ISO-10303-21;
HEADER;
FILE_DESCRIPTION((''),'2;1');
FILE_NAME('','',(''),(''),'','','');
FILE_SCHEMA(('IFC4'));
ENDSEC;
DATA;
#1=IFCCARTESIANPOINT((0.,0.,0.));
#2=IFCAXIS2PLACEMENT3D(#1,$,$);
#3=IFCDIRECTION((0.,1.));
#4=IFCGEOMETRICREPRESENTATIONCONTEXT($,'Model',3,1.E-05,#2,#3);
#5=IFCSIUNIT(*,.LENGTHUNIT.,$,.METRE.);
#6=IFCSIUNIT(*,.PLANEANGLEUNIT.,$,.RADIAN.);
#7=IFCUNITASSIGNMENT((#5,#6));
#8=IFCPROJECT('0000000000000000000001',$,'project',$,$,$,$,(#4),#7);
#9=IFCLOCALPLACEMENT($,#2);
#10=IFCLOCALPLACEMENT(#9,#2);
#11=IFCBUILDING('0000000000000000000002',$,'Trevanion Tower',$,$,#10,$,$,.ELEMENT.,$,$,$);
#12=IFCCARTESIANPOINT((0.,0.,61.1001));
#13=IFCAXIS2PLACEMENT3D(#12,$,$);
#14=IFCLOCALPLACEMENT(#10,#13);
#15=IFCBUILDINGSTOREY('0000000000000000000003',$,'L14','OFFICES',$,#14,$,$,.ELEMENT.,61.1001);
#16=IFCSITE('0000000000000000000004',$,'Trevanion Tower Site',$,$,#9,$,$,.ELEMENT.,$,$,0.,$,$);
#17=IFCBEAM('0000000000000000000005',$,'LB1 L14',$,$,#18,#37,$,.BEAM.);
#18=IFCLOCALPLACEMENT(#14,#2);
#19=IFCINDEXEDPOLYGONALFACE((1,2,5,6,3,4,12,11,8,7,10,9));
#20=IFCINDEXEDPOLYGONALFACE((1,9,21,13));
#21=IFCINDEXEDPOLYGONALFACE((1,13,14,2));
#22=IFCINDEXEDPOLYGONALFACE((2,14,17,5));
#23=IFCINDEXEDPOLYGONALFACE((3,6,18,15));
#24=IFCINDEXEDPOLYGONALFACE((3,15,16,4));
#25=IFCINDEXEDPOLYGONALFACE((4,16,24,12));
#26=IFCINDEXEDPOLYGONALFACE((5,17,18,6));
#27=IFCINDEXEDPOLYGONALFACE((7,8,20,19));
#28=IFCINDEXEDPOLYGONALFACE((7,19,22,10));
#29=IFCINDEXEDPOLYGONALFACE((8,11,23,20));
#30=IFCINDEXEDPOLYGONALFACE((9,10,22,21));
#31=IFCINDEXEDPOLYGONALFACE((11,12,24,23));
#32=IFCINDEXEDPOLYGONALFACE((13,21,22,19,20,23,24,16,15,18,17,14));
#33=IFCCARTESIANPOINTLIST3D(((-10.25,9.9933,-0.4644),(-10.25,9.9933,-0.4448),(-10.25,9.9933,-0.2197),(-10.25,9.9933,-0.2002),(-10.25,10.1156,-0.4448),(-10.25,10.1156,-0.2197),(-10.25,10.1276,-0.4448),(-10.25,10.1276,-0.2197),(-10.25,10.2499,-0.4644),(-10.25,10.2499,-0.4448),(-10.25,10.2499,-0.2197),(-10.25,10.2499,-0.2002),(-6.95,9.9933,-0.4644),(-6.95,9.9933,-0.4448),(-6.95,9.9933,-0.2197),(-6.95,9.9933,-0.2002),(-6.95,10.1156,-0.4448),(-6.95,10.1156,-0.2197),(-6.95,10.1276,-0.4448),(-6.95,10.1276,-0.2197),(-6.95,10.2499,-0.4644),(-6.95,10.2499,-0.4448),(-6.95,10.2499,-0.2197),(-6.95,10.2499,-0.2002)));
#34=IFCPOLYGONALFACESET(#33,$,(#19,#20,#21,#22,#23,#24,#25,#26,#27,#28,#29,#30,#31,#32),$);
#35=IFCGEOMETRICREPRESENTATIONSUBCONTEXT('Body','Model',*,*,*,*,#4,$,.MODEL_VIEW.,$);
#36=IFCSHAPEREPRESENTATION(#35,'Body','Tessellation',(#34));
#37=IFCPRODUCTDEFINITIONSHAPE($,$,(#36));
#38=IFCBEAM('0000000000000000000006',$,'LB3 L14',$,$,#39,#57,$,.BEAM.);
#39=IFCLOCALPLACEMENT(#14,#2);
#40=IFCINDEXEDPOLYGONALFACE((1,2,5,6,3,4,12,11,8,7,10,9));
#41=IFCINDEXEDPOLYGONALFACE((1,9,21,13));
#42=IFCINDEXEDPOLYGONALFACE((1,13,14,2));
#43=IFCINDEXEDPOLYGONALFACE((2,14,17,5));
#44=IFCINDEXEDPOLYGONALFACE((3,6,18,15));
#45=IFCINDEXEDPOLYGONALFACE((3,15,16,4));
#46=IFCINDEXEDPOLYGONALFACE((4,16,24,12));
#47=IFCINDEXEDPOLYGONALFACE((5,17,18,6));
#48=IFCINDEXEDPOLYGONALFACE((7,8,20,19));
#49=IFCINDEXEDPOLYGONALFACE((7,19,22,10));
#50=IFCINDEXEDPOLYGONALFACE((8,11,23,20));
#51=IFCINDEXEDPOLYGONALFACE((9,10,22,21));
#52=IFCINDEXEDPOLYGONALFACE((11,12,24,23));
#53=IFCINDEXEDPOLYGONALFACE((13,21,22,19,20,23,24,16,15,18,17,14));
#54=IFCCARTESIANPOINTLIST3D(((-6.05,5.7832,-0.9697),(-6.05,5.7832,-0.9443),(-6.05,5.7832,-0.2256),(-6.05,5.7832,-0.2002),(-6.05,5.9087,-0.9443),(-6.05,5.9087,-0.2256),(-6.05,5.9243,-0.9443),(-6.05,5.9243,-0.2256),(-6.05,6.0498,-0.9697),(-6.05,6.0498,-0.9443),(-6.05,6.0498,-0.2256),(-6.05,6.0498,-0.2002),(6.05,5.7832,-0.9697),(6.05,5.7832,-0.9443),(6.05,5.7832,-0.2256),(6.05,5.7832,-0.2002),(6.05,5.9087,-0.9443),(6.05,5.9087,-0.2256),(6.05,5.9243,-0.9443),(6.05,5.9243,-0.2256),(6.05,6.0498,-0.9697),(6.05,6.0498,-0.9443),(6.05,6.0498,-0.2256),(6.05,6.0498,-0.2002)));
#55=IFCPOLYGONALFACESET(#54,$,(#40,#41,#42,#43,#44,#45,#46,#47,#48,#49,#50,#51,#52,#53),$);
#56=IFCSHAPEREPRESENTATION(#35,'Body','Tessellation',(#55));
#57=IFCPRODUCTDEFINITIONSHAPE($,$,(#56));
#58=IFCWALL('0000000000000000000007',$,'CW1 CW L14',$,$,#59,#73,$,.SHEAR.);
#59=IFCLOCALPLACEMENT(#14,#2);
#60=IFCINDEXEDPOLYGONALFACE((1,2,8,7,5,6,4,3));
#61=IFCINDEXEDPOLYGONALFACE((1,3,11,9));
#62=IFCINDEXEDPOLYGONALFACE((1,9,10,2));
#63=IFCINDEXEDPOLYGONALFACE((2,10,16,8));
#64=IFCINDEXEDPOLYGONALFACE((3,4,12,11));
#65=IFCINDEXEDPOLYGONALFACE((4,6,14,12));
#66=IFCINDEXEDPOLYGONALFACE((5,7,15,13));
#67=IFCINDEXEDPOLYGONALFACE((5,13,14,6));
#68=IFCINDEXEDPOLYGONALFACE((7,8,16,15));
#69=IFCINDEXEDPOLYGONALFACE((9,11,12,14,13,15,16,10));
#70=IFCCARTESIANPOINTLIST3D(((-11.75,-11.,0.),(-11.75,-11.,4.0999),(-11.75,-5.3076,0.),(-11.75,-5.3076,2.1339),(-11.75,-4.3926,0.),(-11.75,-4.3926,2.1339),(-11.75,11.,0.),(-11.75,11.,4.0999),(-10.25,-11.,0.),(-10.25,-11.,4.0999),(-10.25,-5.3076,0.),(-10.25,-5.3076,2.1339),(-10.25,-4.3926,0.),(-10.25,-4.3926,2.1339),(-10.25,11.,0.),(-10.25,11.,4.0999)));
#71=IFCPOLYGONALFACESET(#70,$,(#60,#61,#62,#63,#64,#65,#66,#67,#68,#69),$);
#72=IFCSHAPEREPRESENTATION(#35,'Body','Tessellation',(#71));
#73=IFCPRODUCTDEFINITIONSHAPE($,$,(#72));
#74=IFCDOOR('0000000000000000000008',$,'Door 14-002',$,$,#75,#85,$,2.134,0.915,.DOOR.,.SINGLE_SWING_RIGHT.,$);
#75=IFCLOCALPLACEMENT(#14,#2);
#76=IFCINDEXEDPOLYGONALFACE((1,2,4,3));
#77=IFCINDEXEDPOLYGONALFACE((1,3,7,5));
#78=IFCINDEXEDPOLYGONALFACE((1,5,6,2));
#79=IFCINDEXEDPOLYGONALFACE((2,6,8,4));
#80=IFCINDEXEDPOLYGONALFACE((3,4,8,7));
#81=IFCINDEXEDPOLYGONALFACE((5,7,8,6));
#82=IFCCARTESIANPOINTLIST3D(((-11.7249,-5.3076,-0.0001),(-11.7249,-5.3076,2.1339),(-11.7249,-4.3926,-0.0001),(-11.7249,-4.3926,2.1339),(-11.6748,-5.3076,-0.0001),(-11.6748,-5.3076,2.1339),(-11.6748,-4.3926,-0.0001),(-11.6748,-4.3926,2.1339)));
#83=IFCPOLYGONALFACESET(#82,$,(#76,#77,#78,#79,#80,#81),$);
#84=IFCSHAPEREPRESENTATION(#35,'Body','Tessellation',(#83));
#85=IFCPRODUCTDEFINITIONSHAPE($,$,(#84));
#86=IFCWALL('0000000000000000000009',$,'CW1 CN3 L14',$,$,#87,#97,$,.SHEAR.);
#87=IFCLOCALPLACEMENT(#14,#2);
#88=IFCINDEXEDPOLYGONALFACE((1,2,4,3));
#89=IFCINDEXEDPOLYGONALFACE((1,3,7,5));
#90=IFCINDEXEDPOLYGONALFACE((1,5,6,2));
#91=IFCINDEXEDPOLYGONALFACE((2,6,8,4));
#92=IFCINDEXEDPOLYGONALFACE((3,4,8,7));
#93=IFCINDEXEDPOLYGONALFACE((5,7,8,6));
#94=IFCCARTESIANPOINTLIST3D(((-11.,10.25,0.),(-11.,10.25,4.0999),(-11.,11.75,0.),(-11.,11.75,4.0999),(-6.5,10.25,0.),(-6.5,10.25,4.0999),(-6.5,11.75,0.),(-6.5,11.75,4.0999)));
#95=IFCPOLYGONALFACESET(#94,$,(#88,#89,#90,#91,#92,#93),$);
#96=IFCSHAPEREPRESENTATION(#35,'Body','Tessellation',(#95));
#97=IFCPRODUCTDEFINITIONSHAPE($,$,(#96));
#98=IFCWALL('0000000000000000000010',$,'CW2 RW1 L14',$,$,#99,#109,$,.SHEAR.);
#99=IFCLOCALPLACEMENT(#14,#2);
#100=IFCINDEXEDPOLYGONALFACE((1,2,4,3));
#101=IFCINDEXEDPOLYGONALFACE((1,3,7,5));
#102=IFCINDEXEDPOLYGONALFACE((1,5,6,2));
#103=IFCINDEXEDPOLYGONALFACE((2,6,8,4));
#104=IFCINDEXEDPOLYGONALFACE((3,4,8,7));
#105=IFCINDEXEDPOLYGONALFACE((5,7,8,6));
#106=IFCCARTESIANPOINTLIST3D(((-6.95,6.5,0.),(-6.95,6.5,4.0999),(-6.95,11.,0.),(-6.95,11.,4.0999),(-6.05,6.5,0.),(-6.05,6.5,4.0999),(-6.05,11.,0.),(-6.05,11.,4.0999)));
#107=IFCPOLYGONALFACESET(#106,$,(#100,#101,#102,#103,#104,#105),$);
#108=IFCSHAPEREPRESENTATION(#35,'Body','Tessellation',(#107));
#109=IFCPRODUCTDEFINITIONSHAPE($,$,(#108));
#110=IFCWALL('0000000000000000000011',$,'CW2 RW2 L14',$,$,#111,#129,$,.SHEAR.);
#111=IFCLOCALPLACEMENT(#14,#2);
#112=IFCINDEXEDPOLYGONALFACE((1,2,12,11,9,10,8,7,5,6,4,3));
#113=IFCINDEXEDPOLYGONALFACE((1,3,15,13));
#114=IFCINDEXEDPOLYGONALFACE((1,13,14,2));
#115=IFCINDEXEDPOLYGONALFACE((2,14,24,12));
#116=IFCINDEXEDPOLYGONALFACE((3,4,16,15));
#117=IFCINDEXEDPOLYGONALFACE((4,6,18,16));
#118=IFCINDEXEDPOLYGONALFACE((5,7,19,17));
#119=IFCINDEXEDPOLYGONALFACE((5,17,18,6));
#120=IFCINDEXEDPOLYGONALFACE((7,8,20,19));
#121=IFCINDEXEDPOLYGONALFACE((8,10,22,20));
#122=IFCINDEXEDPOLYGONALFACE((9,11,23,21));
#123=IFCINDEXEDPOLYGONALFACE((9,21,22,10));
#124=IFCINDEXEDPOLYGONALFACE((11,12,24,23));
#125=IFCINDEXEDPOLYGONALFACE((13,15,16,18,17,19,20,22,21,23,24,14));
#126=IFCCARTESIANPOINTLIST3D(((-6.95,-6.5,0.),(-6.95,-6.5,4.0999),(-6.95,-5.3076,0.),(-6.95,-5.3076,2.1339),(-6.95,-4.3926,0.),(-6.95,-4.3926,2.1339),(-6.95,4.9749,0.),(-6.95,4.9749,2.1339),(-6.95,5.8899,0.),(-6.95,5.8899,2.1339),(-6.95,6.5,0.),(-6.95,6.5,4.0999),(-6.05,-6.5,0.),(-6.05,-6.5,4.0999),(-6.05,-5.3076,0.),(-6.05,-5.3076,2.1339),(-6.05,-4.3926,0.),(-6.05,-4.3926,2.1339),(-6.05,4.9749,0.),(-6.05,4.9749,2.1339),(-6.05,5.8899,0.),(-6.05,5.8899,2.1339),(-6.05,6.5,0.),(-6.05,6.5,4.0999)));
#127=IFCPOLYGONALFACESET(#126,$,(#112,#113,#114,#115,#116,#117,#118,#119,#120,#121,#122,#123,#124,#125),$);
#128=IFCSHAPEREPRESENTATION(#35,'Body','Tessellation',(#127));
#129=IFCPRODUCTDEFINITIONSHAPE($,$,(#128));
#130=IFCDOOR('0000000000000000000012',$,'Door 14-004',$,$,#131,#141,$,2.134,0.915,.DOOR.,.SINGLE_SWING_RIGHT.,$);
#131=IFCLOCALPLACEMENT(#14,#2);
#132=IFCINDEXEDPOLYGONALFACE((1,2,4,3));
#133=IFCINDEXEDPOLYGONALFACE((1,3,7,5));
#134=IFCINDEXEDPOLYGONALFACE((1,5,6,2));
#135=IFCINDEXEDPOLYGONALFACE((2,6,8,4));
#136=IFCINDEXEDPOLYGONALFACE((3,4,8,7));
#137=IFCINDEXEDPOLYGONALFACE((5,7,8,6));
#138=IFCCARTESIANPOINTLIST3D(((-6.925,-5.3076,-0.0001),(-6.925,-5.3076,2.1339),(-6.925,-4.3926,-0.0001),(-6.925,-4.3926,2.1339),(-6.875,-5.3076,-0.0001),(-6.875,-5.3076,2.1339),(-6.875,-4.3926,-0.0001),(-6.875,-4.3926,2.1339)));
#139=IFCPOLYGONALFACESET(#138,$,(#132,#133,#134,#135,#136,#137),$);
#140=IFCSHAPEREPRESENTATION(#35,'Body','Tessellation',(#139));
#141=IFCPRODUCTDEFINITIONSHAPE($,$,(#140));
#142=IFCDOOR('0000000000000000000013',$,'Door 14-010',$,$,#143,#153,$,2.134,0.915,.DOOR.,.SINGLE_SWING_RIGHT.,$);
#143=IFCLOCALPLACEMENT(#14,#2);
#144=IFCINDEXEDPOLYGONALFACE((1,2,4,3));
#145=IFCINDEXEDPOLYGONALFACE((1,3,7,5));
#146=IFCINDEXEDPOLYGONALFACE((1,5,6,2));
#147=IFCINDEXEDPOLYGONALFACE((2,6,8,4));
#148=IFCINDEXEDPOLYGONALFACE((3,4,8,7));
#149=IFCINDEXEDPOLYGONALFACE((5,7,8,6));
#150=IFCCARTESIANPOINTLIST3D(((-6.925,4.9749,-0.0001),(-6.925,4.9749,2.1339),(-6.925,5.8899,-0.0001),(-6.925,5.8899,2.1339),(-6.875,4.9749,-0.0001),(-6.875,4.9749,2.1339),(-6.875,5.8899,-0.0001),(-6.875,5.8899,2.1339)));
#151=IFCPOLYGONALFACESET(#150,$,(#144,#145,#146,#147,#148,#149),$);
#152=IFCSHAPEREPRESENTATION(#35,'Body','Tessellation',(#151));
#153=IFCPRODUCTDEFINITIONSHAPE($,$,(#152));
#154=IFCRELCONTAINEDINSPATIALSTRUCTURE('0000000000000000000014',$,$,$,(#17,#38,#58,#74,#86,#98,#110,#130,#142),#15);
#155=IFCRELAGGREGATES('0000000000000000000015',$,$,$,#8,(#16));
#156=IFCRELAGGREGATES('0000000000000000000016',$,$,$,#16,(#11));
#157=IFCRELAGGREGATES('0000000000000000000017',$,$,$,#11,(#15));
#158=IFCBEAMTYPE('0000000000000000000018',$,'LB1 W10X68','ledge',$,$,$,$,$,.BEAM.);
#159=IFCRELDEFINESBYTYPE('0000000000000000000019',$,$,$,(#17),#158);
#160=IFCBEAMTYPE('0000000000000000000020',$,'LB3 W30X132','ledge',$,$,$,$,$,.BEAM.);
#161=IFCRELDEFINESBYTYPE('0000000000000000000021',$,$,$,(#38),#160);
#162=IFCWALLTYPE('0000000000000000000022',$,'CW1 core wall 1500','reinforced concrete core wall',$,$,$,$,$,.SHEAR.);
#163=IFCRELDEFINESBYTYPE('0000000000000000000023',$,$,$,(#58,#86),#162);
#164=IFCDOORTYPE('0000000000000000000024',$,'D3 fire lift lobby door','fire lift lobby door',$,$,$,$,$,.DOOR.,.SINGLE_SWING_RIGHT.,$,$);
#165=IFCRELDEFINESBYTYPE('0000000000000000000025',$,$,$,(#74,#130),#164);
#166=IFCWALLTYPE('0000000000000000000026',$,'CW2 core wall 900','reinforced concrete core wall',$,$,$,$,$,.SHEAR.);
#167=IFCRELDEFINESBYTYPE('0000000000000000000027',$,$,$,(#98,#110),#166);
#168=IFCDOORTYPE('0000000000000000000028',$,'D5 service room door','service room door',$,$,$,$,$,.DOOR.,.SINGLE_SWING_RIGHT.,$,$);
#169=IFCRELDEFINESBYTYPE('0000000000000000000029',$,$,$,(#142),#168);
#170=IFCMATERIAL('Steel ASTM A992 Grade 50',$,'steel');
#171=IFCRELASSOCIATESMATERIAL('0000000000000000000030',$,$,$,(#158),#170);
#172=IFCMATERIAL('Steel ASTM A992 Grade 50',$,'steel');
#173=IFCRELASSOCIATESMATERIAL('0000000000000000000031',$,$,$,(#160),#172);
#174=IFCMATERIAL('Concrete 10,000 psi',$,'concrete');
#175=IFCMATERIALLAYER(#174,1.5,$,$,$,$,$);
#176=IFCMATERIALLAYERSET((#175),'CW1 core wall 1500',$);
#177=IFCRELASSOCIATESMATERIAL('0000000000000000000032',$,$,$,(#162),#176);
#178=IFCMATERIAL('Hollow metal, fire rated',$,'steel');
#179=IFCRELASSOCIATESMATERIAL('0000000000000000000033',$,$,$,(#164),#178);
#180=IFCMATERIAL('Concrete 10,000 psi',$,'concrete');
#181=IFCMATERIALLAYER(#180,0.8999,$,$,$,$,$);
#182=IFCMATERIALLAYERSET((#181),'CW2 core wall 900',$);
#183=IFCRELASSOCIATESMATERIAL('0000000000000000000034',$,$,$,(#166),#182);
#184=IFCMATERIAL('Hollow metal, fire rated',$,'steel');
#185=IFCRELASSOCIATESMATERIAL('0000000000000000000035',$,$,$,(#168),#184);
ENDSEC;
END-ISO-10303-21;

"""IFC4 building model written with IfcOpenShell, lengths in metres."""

from ifc_helpers import new_model, si_unit, direction, frame, frame_2d, origin, origin_2d, place, context, subcontext, project, spatial, rectangle, i_section, extrude, material, layer, layer_set, material_profile, profile_set, type_object, element, fill, save


model = new_model("IFC4")

# Units and contexts
model_context = context("Model", 3, precision=1e-05, world=origin(), true_north=direction((0.0, 1.0)))
body_context = subcontext(model_context, "Body", "Model", "MODEL_VIEW")
ifc_project = project(units=[si_unit("LENGTHUNIT", "METRE"), si_unit("PLANEANGLEUNIT", "RADIAN")], contexts=[model_context])

# Site, building, storey
site_placement = place(None, origin())
site = spatial("IfcSite", under=ifc_project, at=site_placement, Name="Trevanion Tower Site", CompositionType="ELEMENT", RefElevation=0.0)
building_placement = place(site_placement, origin())
building = spatial("IfcBuilding", under=site, at=building_placement, Name="Trevanion Tower", CompositionType="ELEMENT")
storey_placement = place(building_placement, frame((0.0, 0.0, 61.1001)))
storey = spatial("IfcBuildingStorey", under=building, at=storey_placement, Name="L14", Description="OFFICES", CompositionType="ELEMENT", Elevation=61.1001)

# Beams
ifc_material_1 = material(Name="Steel ASTM A992 Grade 50", Category="steel")
ifc_material_profile_1 = material_profile(ifc_material_1, i_section(OverallWidth=0.2566, OverallDepth=0.2642, WebThickness=0.012, FlangeThickness=0.0195, at=origin_2d()), Name="W10X68")
ifc_profile_set_1 = profile_set([ifc_material_profile_1], Name="Steel ASTM A992 Grade 50")
beam_type_1 = type_object("IfcBeamType", Name="LB1 W10X68", Description="ledge", PredefinedType="BEAM", material=ifc_profile_set_1)
beam_1_placement = place(storey_placement, frame((-10.25, 10.1216, -0.3323), z_axis=(1.0, 0.0, 0.0), x_axis=(0.0, 1.0, 0.0)))
element("IfcBeam", 1, at=beam_1_placement, inside=storey, type_object=beam_type_1, Name="LB1 L14", PredefinedType="BEAM", context=body_context, shape_type="SweptSolid", body=[
    extrude(i_section(OverallWidth=0.2566, OverallDepth=0.2642, WebThickness=0.012, FlangeThickness=0.0195, at=origin_2d()), origin(), (0.0, 0.0, 1.0), 3.3),
])
ifc_material_2 = material(Name="Steel ASTM A992 Grade 50", Category="steel")
ifc_material_profile_2 = material_profile(ifc_material_2, i_section(OverallWidth=0.2666, OverallDepth=0.7695, WebThickness=0.0156, FlangeThickness=0.0254, at=origin_2d()), Name="W30X132")
ifc_profile_set_2 = profile_set([ifc_material_profile_2], Name="Steel ASTM A992 Grade 50")
beam_type_2 = type_object("IfcBeamType", Name="LB3 W30X132", Description="ledge", PredefinedType="BEAM", material=ifc_profile_set_2)
beam_2_placement = place(storey_placement, frame((-6.05, 5.9165, -0.585), z_axis=(1.0, 0.0, 0.0), x_axis=(0.0, 1.0, 0.0)))
element("IfcBeam", 2, at=beam_2_placement, inside=storey, type_object=beam_type_2, Name="LB3 L14", PredefinedType="BEAM", context=body_context, shape_type="SweptSolid", body=[
    extrude(i_section(OverallWidth=0.2666, OverallDepth=0.7695, WebThickness=0.0156, FlangeThickness=0.0254, at=origin_2d()), origin(), (0.0, 0.0, 1.0), 12.1001),
])

# Wall, opening, door
ifc_material_3 = material(Name="Concrete 10,000 psi", Category="concrete")
ifc_layer_1 = layer(ifc_material_3, 1.5)
ifc_layer_set_1 = layer_set([ifc_layer_1], Name="CW1 core wall 1500")
wall_type_1 = type_object("IfcWallType", Name="CW1 core wall 1500", Description="reinforced concrete core wall", PredefinedType="SHEAR", material=ifc_layer_set_1)
wall_1_placement = place(storey_placement, frame((-11.0, 11.0, 0.0), z_axis=(0.0, 0.0, 1.0), x_axis=(0.0, -1.0, 0.0)))
wall_1 = element("IfcWall", 3, at=wall_1_placement, inside=storey, type_object=wall_type_1, Name="CW1 CW L14", PredefinedType="SHEAR", context=body_context, shape_type="SweptSolid", body=[
    extrude(rectangle(XDim=22.0, YDim=1.5, at=frame_2d((11.0, 0.0))), origin(), (0.0, 0.0, 1.0), 4.0999),
])
opening_1_placement = place(wall_1_placement, frame((15.3926, 0.0, 0.0)))
opening_1 = element("IfcOpeningElement", 4, at=opening_1_placement, cuts=wall_1, PredefinedType="OPENING", context=body_context, shape_type="SweptSolid", body=[
    extrude(rectangle(XDim=0.915, YDim=2.134, at=frame_2d((0.4575, 1.0669))), frame((0.0, 0.76, 0.0), z_axis=(0.0, -1.0, 0.0), x_axis=(1.0, 0.0, 0.0)), (0.0, 0.0, 1.0), 1.52),
])
ifc_material_4 = material(Name="Hollow metal, fire rated", Category="steel")
door_type_1 = type_object("IfcDoorType", Name="D3 fire lift lobby door", Description="fire lift lobby door", OperationType="SINGLE_SWING_RIGHT", PredefinedType="DOOR", material=ifc_material_4)
door_1_placement = place(opening_1_placement, origin())
door_1 = element("IfcDoor", 5, at=door_1_placement, inside=storey, type_object=door_type_1, Name="Door 14-002", OperationType="SINGLE_SWING_RIGHT", OverallHeight=2.134, OverallWidth=0.915, PredefinedType="DOOR", context=body_context, shape_type="SweptSolid", body=[
    extrude(rectangle(XDim=0.915, YDim=2.134, at=frame_2d((0.4575, 1.0669))), frame((0.0, -0.6748, 0.0), z_axis=(0.0, -1.0, 0.0), x_axis=(1.0, 0.0, 0.0)), (0.0, 0.0, 1.0), 0.05),
])
fill(opening_1, door_1)

# Walls
wall_2_placement = place(storey_placement, frame((-6.5, 11.0, 0.0), z_axis=(0.0, 0.0, 1.0), x_axis=(-1.0, 0.0, 0.0)))
element("IfcWall", 6, at=wall_2_placement, inside=storey, type_object=wall_type_1, Name="CW1 CN3 L14", PredefinedType="SHEAR", context=body_context, shape_type="SweptSolid", body=[
    extrude(rectangle(XDim=4.5, YDim=1.5, at=frame_2d((2.25, 0.0))), origin(), (0.0, 0.0, 1.0), 4.0999),
])
ifc_material_5 = material(Name="Concrete 10,000 psi", Category="concrete")
ifc_layer_2 = layer(ifc_material_5, 0.8999)
ifc_layer_set_2 = layer_set([ifc_layer_2], Name="CW2 core wall 900")
wall_type_2 = type_object("IfcWallType", Name="CW2 core wall 900", Description="reinforced concrete core wall", PredefinedType="SHEAR", material=ifc_layer_set_2)
wall_3_placement = place(storey_placement, frame((-6.5, 11.0, 0.0), z_axis=(0.0, 0.0, 1.0), x_axis=(0.0, -1.0, 0.0)))
element("IfcWall", 7, at=wall_3_placement, inside=storey, type_object=wall_type_2, Name="CW2 RW1 L14", PredefinedType="SHEAR", context=body_context, shape_type="SweptSolid", body=[
    extrude(rectangle(XDim=4.5, YDim=0.8999, at=frame_2d((2.25, 0.0))), origin(), (0.0, 0.0, 1.0), 4.0999),
])

# Wall, openings, doors
wall_4_placement = place(storey_placement, frame((-6.5, 6.5, 0.0), z_axis=(0.0, 0.0, 1.0), x_axis=(0.0, -1.0, 0.0)))
wall_4 = element("IfcWall", 8, at=wall_4_placement, inside=storey, type_object=wall_type_2, Name="CW2 RW2 L14", PredefinedType="SHEAR", context=body_context, shape_type="SweptSolid", body=[
    extrude(rectangle(XDim=13.0, YDim=0.8999, at=frame_2d((6.5, 0.0))), origin(), (0.0, 0.0, 1.0), 4.0999),
])
opening_2_placement = place(wall_4_placement, frame((10.8926, 0.0, 0.0)))
opening_2 = element("IfcOpeningElement", 9, at=opening_2_placement, cuts=wall_4, PredefinedType="OPENING", context=body_context, shape_type="SweptSolid", body=[
    extrude(rectangle(XDim=0.915, YDim=2.134, at=frame_2d((0.4575, 1.0669))), frame((0.0, 0.46, 0.0), z_axis=(0.0, -1.0, 0.0), x_axis=(1.0, 0.0, 0.0)), (0.0, 0.0, 1.0), 0.9199),
])
opening_3_placement = place(wall_4_placement, frame((0.6101, 0.0, 0.0)))
opening_3 = element("IfcOpeningElement", 10, at=opening_3_placement, cuts=wall_4, PredefinedType="OPENING", context=body_context, shape_type="SweptSolid", body=[
    extrude(rectangle(XDim=0.915, YDim=2.134, at=frame_2d((0.4575, 1.0669))), frame((0.0, 0.46, 0.0), z_axis=(0.0, -1.0, 0.0), x_axis=(1.0, 0.0, 0.0)), (0.0, 0.0, 1.0), 0.9199),
])
door_2_placement = place(opening_2_placement, origin())
door_2 = element("IfcDoor", 11, at=door_2_placement, inside=storey, type_object=door_type_1, Name="Door 14-004", OperationType="SINGLE_SWING_RIGHT", OverallHeight=2.134, OverallWidth=0.915, PredefinedType="DOOR", context=body_context, shape_type="SweptSolid", body=[
    extrude(rectangle(XDim=0.915, YDim=2.134, at=frame_2d((0.4575, 1.0669))), frame((0.0, -0.375, 0.0), z_axis=(0.0, -1.0, 0.0), x_axis=(1.0, 0.0, 0.0)), (0.0, 0.0, 1.0), 0.05),
])
fill(opening_2, door_2)
ifc_material_6 = material(Name="Hollow metal, fire rated", Category="steel")
door_type_2 = type_object("IfcDoorType", Name="D5 service room door", Description="service room door", OperationType="SINGLE_SWING_RIGHT", PredefinedType="DOOR", material=ifc_material_6)
door_3_placement = place(opening_3_placement, origin())
door_3 = element("IfcDoor", 12, at=door_3_placement, inside=storey, type_object=door_type_2, Name="Door 14-010", OperationType="SINGLE_SWING_RIGHT", OverallHeight=2.134, OverallWidth=0.915, PredefinedType="DOOR", context=body_context, shape_type="SweptSolid", body=[
    extrude(rectangle(XDim=0.915, YDim=2.134, at=frame_2d((0.4575, 1.0669))), frame((0.0, -0.375, 0.0), z_axis=(0.0, -1.0, 0.0), x_axis=(1.0, 0.0, 0.0)), (0.0, 0.0, 1.0), 0.05),
])
fill(opening_3, door_3)

save(model, "model.ifc")
